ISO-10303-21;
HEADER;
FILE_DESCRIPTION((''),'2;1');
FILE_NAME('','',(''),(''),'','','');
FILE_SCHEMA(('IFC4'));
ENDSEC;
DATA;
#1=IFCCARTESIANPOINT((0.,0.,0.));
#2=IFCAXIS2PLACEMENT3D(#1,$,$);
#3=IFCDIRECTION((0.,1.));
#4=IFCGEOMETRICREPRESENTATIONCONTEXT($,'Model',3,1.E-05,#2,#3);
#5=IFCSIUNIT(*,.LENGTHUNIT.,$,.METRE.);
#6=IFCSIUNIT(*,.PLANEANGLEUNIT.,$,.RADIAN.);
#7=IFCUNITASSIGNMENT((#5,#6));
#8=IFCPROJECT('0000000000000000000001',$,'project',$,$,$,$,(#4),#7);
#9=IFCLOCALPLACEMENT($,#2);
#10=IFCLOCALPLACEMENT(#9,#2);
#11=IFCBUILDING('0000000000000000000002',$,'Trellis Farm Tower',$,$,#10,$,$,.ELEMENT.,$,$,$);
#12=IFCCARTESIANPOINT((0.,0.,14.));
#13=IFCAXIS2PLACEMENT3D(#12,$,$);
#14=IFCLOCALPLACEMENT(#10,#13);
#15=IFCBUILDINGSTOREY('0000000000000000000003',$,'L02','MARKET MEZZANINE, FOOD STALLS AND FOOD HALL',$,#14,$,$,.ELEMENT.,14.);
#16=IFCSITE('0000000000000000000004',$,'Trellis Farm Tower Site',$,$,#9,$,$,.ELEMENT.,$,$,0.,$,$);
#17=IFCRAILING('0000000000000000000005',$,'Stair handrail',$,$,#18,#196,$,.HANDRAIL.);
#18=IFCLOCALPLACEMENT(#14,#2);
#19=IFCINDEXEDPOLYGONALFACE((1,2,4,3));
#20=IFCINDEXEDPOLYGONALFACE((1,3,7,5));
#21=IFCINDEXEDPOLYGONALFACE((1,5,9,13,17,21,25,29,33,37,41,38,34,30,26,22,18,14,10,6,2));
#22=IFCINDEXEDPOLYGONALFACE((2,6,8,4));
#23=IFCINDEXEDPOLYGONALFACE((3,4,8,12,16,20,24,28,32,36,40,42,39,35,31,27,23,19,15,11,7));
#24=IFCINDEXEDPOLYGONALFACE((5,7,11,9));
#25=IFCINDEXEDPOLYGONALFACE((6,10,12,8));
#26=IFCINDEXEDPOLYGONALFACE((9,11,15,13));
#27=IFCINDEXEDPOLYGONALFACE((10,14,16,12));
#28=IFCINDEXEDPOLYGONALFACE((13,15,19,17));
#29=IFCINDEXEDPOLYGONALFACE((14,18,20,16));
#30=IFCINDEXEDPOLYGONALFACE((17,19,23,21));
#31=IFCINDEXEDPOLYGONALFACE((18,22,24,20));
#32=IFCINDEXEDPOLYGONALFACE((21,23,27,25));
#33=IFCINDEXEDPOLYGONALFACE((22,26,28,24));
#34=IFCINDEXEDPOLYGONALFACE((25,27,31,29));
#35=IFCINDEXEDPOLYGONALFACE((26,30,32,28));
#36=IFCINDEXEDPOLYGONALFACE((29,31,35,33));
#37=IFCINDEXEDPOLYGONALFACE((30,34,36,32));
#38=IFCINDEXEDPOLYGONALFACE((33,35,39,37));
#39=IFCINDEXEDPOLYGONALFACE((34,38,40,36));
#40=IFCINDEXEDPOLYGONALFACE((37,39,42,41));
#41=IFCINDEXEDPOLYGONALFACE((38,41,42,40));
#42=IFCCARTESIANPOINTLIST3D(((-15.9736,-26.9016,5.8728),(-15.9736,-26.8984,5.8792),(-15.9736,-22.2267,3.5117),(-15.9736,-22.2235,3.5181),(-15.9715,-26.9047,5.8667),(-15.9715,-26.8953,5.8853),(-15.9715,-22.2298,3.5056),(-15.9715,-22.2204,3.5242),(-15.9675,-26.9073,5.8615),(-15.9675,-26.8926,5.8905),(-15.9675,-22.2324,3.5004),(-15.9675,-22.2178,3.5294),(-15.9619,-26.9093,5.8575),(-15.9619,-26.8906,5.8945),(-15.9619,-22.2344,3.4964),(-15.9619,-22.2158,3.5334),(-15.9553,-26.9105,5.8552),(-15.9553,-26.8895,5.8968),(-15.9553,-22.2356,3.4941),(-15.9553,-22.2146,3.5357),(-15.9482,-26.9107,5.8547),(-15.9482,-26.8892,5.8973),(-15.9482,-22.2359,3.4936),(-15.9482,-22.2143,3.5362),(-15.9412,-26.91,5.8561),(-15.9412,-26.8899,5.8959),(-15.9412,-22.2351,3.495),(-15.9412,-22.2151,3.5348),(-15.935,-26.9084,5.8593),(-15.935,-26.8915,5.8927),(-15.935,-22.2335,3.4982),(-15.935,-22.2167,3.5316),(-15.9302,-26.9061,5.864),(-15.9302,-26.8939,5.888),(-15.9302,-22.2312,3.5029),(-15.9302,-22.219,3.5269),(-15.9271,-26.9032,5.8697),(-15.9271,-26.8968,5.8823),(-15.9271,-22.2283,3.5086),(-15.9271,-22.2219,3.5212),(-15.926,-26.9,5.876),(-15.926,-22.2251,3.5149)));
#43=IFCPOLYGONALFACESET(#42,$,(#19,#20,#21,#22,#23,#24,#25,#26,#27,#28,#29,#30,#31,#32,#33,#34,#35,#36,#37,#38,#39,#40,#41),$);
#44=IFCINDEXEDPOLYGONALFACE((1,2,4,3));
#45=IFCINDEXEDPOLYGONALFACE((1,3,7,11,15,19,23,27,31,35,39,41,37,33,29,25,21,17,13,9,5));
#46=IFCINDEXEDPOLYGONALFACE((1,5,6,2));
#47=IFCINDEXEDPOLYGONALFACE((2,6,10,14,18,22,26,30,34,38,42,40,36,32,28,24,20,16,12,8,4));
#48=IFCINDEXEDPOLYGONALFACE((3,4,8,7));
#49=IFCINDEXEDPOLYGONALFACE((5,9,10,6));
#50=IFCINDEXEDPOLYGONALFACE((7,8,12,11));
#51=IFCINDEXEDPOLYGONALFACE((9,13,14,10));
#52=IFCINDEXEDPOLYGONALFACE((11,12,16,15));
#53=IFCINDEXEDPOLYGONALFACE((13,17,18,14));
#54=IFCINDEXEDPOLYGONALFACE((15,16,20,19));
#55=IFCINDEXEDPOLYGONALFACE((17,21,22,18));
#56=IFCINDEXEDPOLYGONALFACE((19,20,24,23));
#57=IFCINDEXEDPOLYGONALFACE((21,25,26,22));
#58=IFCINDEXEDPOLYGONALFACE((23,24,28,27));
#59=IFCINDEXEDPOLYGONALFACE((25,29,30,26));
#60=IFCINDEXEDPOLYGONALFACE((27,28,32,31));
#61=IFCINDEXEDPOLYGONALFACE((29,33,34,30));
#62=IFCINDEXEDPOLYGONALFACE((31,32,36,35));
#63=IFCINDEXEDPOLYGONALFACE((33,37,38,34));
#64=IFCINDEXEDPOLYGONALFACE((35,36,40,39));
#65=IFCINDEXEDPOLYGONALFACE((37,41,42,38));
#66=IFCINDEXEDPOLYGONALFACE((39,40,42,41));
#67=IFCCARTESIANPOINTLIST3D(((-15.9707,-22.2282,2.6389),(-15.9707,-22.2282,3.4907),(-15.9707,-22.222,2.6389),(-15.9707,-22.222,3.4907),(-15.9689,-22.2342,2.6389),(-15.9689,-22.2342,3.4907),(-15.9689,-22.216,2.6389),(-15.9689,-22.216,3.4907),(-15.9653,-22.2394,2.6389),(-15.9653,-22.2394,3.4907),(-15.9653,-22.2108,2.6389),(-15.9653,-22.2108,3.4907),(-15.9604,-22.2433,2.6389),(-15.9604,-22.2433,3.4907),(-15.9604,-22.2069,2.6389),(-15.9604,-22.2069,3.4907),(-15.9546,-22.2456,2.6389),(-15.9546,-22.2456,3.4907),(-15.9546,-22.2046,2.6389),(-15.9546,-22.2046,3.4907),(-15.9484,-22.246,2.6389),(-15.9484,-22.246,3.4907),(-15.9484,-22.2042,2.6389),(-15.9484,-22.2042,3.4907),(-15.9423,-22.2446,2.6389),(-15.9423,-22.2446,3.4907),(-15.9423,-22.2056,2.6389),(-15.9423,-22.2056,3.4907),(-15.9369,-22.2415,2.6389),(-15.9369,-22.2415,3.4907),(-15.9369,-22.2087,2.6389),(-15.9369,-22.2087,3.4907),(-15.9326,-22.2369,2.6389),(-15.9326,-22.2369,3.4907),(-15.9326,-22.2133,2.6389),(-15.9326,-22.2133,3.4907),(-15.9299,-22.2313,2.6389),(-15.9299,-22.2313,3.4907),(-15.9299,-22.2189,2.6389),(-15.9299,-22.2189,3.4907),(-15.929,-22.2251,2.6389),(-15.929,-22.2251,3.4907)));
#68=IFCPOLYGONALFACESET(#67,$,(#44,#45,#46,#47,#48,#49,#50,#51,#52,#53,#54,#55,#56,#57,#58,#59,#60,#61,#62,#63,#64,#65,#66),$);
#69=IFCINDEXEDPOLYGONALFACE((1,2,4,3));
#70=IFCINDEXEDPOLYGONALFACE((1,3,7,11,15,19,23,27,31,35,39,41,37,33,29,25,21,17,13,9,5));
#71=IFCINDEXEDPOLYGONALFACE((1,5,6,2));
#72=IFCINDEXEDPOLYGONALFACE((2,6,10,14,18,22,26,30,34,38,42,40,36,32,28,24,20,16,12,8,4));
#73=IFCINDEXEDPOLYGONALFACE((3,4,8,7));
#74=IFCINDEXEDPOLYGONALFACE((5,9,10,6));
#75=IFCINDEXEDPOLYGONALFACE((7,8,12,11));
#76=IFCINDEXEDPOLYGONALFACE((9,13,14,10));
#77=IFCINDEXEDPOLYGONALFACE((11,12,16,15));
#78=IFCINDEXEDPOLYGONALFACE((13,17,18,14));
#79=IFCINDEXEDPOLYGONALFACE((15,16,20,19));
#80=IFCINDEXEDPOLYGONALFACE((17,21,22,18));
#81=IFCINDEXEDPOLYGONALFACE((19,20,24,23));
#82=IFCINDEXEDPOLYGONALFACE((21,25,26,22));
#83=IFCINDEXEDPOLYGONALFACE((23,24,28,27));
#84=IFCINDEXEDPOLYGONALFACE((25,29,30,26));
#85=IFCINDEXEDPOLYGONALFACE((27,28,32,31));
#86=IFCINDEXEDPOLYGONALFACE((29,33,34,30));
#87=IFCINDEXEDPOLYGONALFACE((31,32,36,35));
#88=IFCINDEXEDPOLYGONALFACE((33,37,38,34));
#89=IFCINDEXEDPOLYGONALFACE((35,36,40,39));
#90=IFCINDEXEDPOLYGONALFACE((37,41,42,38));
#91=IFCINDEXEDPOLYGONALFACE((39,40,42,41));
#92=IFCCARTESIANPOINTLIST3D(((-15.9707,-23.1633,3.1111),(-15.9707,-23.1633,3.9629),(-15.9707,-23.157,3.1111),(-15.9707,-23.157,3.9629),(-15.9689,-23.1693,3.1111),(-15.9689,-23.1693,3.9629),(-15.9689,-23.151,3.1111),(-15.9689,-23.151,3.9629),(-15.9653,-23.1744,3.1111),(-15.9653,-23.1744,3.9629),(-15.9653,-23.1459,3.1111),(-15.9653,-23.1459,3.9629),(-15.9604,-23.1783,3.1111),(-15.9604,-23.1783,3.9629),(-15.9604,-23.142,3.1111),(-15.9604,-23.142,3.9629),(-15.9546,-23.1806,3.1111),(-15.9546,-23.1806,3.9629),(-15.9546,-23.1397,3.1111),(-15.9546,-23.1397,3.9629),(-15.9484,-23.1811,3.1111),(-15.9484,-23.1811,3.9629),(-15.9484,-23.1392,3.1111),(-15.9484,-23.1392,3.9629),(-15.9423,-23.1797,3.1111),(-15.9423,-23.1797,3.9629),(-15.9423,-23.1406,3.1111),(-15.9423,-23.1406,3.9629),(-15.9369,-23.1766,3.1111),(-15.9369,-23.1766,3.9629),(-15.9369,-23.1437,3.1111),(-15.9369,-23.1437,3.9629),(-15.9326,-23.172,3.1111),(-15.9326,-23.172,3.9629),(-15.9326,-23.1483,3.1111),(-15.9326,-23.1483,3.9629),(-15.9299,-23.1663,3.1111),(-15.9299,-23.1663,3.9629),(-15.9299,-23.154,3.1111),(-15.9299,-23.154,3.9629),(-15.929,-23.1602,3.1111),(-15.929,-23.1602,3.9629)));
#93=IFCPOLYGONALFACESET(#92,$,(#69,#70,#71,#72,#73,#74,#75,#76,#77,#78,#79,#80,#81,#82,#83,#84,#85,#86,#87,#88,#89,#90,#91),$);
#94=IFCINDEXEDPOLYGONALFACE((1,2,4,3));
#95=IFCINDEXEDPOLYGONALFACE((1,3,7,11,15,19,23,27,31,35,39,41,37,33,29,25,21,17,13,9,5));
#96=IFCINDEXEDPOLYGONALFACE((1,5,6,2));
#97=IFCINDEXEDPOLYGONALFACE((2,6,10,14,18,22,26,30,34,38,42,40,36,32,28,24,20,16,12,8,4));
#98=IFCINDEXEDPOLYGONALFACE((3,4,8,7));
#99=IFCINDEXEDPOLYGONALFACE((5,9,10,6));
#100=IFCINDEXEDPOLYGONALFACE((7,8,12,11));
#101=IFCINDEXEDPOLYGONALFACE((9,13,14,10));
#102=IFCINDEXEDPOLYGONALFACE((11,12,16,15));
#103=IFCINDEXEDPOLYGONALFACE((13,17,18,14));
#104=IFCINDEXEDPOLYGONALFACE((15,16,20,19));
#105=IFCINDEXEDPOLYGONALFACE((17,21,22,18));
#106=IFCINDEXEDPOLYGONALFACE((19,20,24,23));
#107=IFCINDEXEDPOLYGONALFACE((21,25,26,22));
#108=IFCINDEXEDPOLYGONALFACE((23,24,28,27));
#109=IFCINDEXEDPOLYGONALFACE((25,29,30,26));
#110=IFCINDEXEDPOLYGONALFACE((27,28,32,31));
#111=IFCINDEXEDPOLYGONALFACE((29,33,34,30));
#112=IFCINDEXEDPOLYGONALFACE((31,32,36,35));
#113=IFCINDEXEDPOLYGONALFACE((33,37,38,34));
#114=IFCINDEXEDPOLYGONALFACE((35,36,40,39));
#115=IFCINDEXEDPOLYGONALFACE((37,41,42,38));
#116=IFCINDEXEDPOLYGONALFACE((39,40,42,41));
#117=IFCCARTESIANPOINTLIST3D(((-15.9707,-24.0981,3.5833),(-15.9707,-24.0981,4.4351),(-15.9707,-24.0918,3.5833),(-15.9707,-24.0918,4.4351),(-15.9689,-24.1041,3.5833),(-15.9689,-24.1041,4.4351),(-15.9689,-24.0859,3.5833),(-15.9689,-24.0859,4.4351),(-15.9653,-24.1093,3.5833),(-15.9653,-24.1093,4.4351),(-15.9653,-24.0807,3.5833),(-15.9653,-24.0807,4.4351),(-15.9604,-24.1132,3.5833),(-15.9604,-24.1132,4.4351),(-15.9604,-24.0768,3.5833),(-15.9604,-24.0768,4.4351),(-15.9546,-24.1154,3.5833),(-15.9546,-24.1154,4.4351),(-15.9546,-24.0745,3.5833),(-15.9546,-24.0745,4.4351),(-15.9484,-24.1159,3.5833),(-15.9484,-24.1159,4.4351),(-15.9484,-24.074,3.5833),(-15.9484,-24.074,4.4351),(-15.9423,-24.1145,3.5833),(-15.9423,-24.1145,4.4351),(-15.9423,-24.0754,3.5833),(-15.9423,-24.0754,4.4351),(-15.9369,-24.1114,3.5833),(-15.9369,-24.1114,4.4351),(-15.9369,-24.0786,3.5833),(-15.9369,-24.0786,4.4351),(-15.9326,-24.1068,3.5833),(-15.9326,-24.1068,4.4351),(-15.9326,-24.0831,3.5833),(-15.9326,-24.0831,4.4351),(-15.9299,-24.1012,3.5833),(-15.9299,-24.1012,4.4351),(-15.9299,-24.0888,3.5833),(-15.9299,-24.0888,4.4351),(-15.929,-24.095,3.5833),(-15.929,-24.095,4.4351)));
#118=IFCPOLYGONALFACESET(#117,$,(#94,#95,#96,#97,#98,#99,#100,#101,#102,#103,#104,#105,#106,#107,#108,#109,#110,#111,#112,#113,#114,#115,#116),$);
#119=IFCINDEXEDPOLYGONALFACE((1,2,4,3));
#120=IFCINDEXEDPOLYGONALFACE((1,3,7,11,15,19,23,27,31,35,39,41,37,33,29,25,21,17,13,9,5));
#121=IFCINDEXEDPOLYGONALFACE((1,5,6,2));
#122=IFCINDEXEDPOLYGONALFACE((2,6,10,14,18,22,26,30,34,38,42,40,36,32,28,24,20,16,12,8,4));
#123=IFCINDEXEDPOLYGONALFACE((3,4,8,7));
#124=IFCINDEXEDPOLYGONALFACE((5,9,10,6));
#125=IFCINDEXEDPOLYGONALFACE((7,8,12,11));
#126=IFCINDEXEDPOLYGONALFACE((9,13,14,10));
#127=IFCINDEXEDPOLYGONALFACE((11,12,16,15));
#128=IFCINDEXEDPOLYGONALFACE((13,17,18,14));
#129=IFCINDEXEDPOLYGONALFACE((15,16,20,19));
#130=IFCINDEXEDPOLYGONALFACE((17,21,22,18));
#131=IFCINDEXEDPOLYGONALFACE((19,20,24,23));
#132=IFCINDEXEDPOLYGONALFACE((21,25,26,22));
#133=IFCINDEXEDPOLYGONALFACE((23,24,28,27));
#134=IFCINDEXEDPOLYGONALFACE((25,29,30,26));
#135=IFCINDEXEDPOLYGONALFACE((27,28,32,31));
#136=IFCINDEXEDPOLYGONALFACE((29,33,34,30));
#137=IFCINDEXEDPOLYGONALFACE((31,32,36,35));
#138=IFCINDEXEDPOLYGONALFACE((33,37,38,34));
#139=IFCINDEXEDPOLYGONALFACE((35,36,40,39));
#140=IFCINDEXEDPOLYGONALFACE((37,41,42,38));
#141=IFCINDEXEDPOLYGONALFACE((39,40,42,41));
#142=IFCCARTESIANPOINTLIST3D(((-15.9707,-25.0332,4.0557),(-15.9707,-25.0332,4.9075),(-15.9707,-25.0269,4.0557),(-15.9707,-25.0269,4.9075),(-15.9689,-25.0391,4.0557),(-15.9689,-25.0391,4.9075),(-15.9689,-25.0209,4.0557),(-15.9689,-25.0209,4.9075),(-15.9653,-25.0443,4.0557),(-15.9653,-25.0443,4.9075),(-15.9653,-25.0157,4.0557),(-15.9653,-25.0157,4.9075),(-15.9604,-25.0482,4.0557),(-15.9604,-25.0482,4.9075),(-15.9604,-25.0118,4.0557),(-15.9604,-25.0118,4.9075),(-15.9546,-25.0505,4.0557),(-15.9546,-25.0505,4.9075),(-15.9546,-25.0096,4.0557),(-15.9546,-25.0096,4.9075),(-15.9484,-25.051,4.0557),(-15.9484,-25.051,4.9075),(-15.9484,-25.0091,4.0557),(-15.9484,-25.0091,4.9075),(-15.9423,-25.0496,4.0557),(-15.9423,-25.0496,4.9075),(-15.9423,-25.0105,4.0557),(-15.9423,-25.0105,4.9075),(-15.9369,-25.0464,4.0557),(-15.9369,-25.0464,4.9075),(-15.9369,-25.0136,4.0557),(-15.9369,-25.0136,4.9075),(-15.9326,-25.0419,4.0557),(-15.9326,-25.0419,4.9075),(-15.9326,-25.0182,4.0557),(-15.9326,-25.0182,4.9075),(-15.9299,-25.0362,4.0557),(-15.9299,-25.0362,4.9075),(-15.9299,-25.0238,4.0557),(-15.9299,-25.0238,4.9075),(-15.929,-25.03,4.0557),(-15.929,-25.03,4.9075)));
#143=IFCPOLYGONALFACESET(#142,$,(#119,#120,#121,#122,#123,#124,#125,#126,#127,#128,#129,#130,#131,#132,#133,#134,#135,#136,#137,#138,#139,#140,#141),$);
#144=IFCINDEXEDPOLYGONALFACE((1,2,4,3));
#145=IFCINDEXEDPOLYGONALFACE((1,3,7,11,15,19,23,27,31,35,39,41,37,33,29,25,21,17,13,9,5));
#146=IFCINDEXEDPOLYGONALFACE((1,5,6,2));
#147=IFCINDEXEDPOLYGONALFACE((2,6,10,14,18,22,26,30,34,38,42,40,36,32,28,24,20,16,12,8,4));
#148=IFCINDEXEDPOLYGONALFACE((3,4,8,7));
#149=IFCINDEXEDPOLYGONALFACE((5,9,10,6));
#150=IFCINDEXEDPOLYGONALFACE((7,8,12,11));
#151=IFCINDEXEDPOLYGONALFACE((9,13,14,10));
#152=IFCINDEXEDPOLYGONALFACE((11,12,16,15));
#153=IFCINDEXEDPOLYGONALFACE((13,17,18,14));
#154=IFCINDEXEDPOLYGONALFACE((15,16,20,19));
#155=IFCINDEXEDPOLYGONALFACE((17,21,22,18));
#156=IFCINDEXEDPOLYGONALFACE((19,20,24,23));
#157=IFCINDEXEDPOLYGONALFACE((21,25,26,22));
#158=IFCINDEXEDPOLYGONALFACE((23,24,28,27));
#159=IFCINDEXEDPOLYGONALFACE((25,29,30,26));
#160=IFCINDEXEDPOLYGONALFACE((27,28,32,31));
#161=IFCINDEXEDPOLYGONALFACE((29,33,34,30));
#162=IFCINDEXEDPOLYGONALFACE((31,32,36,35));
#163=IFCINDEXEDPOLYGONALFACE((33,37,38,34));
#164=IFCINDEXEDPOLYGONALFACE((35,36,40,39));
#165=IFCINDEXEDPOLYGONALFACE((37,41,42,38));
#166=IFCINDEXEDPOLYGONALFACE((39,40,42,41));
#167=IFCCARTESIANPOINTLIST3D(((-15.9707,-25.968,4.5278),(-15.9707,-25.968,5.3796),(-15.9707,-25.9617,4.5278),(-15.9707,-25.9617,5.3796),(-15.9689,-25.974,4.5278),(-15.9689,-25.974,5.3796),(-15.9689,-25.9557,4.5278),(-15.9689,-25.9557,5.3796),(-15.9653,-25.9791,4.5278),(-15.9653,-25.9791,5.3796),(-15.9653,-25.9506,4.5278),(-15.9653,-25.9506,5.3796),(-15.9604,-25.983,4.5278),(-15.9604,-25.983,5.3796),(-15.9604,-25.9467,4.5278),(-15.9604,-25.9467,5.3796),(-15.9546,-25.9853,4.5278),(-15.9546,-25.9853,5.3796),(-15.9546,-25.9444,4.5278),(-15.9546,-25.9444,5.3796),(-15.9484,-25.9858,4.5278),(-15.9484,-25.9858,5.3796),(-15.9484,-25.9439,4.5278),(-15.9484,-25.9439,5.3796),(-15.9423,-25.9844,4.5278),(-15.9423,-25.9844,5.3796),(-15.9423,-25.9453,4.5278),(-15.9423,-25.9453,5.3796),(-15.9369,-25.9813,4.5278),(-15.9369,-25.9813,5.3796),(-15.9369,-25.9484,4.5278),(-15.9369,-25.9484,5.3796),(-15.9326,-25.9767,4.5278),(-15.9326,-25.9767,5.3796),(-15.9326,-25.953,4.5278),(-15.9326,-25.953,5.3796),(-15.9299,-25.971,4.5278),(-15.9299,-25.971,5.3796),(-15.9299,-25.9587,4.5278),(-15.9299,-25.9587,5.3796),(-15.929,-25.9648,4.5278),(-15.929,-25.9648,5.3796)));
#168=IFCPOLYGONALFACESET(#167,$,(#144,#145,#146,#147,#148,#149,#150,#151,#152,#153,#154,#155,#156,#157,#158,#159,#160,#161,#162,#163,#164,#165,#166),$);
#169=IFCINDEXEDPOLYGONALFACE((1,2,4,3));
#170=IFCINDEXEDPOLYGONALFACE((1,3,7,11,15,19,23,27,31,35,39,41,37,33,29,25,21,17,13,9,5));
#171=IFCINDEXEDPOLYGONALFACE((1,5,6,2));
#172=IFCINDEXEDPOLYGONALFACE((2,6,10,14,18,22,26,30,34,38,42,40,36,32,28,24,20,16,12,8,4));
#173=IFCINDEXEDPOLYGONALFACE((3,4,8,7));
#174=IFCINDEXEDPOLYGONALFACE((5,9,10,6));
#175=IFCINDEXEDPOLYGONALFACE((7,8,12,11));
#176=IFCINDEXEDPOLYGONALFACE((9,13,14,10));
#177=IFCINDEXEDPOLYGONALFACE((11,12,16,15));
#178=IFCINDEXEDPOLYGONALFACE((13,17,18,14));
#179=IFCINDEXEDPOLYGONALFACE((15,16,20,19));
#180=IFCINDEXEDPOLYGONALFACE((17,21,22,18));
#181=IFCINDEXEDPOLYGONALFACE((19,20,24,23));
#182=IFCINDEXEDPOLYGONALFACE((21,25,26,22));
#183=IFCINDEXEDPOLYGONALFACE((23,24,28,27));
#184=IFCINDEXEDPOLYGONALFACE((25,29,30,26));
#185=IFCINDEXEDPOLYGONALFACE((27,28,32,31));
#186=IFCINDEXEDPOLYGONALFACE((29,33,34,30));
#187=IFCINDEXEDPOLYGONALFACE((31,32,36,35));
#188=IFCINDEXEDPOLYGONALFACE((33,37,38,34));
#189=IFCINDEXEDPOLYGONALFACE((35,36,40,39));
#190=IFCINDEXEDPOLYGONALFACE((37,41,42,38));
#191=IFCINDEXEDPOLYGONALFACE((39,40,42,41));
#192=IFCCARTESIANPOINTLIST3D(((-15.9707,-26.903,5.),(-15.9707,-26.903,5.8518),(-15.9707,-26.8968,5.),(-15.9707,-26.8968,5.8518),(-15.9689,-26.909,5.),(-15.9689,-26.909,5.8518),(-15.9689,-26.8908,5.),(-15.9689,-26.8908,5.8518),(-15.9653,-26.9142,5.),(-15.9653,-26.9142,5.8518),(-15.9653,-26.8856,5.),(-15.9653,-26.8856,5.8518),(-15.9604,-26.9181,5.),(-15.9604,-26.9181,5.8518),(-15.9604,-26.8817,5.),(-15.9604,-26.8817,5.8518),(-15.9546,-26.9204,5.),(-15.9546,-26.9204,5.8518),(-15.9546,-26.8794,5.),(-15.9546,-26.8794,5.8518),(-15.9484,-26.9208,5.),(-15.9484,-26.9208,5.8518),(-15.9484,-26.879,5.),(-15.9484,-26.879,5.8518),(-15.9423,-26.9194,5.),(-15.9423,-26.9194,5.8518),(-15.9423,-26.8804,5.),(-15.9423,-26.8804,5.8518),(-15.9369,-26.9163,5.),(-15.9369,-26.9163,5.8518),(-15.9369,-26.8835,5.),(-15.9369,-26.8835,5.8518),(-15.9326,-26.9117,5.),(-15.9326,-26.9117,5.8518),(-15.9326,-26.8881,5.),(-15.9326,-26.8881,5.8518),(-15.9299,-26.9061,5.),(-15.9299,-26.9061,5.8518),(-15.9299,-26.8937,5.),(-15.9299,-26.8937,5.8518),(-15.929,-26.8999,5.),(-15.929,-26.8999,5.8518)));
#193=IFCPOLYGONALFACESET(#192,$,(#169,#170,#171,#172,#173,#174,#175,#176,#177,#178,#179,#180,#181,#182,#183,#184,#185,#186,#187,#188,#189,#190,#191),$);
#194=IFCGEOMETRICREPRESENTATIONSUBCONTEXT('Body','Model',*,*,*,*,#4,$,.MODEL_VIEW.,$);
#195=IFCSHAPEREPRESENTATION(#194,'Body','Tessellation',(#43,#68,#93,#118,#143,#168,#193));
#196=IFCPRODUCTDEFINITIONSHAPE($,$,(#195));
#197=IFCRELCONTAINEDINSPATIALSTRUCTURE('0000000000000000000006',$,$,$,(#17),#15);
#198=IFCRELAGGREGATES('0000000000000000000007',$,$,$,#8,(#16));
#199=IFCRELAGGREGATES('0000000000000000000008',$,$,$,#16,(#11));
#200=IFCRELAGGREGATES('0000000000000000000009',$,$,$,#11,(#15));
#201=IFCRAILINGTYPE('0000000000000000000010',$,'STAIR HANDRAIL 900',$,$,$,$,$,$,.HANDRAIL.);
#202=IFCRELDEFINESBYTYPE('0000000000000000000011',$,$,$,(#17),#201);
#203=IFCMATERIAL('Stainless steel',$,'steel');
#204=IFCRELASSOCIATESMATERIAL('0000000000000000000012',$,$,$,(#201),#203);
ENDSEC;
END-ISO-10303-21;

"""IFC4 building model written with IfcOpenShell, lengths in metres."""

from ifc_helpers import new_model, si_unit, direction, frame, origin, origin_2d, place, context, subcontext, project, spatial, circle, extrude, source, transform, mapped, material, type_object, element, save


model = new_model("IFC4")

# Units and contexts
model_context = context("Model", 3, precision=1e-05, world=origin(), true_north=direction((0.0, 1.0)))
body_context = subcontext(model_context, "Body", "Model", "MODEL_VIEW")
ifc_project = project(units=[si_unit("LENGTHUNIT", "METRE"), si_unit("PLANEANGLEUNIT", "RADIAN")], contexts=[model_context])

# Site, building, storey
site_placement = place(None, origin())
site = spatial("IfcSite", under=ifc_project, at=site_placement, Name="Trellis Farm Tower Site", CompositionType="ELEMENT", RefElevation=0.0)
building_placement = place(site_placement, origin())
building = spatial("IfcBuilding", under=site, at=building_placement, Name="Trellis Farm Tower", CompositionType="ELEMENT")
storey_placement = place(building_placement, frame((0.0, 0.0, 14.0)))
storey = spatial("IfcBuildingStorey", under=building, at=storey_placement, Name="L02", Description="MARKET MEZZANINE, FOOD STALLS AND FOOD HALL", CompositionType="ELEMENT", Elevation=14.0)

# Railing
ifc_material_1 = material(Name="Stainless steel", Category="steel")
railing_type = type_object("IfcRailingType", Name="STAIR HANDRAIL 900", PredefinedType="HANDRAIL", material=ifc_material_1)
shared_shape_1 = source(origin(), body_context, "Body", "SweptSolid", [
    extrude(circle(Radius=0.0239, at=origin_2d()), frame((0.0, 0.0, 0.876), z_axis=(0.0, -0.892611, 0.450827), x_axis=(1.0, 0.0, 0.0)), (0.0, 0.0, 1.0), 5.2373),
    extrude(circle(Radius=0.021, at=origin_2d()), origin(), (0.0, 0.0, 1.0), 0.8518),
    extrude(circle(Radius=0.021, at=origin_2d()), frame((0.0, -0.9351, 0.4722)), (0.0, 0.0, 1.0), 0.8518),
    extrude(circle(Radius=0.021, at=origin_2d()), frame((0.0, -1.8699, 0.9443)), (0.0, 0.0, 1.0), 0.8518),
    extrude(circle(Radius=0.021, at=origin_2d()), frame((0.0, -2.8049, 1.4167)), (0.0, 0.0, 1.0), 0.8518),
    extrude(circle(Radius=0.021, at=origin_2d()), frame((0.0, -3.7397, 1.8889)), (0.0, 0.0, 1.0), 0.8518),
    extrude(circle(Radius=0.021, at=origin_2d()), frame((0.0, -4.6748, 2.3611)), (0.0, 0.0, 1.0), 0.8518),
])
for number, where, name in (
    (1, (-15.95, -22.2251, 2.6389), "Stair handrail"),
):
    element("IfcRailing", number, at=place(storey_placement, frame(where)), inside=storey, type_object=railing_type, Name=name, PredefinedType="HANDRAIL", context=body_context, shape_type="MappedRepresentation", body=[
        mapped(shared_shape_1, transform((0.0, 0.0, 0.0))),
    ])

save(model, "model.ifc")
